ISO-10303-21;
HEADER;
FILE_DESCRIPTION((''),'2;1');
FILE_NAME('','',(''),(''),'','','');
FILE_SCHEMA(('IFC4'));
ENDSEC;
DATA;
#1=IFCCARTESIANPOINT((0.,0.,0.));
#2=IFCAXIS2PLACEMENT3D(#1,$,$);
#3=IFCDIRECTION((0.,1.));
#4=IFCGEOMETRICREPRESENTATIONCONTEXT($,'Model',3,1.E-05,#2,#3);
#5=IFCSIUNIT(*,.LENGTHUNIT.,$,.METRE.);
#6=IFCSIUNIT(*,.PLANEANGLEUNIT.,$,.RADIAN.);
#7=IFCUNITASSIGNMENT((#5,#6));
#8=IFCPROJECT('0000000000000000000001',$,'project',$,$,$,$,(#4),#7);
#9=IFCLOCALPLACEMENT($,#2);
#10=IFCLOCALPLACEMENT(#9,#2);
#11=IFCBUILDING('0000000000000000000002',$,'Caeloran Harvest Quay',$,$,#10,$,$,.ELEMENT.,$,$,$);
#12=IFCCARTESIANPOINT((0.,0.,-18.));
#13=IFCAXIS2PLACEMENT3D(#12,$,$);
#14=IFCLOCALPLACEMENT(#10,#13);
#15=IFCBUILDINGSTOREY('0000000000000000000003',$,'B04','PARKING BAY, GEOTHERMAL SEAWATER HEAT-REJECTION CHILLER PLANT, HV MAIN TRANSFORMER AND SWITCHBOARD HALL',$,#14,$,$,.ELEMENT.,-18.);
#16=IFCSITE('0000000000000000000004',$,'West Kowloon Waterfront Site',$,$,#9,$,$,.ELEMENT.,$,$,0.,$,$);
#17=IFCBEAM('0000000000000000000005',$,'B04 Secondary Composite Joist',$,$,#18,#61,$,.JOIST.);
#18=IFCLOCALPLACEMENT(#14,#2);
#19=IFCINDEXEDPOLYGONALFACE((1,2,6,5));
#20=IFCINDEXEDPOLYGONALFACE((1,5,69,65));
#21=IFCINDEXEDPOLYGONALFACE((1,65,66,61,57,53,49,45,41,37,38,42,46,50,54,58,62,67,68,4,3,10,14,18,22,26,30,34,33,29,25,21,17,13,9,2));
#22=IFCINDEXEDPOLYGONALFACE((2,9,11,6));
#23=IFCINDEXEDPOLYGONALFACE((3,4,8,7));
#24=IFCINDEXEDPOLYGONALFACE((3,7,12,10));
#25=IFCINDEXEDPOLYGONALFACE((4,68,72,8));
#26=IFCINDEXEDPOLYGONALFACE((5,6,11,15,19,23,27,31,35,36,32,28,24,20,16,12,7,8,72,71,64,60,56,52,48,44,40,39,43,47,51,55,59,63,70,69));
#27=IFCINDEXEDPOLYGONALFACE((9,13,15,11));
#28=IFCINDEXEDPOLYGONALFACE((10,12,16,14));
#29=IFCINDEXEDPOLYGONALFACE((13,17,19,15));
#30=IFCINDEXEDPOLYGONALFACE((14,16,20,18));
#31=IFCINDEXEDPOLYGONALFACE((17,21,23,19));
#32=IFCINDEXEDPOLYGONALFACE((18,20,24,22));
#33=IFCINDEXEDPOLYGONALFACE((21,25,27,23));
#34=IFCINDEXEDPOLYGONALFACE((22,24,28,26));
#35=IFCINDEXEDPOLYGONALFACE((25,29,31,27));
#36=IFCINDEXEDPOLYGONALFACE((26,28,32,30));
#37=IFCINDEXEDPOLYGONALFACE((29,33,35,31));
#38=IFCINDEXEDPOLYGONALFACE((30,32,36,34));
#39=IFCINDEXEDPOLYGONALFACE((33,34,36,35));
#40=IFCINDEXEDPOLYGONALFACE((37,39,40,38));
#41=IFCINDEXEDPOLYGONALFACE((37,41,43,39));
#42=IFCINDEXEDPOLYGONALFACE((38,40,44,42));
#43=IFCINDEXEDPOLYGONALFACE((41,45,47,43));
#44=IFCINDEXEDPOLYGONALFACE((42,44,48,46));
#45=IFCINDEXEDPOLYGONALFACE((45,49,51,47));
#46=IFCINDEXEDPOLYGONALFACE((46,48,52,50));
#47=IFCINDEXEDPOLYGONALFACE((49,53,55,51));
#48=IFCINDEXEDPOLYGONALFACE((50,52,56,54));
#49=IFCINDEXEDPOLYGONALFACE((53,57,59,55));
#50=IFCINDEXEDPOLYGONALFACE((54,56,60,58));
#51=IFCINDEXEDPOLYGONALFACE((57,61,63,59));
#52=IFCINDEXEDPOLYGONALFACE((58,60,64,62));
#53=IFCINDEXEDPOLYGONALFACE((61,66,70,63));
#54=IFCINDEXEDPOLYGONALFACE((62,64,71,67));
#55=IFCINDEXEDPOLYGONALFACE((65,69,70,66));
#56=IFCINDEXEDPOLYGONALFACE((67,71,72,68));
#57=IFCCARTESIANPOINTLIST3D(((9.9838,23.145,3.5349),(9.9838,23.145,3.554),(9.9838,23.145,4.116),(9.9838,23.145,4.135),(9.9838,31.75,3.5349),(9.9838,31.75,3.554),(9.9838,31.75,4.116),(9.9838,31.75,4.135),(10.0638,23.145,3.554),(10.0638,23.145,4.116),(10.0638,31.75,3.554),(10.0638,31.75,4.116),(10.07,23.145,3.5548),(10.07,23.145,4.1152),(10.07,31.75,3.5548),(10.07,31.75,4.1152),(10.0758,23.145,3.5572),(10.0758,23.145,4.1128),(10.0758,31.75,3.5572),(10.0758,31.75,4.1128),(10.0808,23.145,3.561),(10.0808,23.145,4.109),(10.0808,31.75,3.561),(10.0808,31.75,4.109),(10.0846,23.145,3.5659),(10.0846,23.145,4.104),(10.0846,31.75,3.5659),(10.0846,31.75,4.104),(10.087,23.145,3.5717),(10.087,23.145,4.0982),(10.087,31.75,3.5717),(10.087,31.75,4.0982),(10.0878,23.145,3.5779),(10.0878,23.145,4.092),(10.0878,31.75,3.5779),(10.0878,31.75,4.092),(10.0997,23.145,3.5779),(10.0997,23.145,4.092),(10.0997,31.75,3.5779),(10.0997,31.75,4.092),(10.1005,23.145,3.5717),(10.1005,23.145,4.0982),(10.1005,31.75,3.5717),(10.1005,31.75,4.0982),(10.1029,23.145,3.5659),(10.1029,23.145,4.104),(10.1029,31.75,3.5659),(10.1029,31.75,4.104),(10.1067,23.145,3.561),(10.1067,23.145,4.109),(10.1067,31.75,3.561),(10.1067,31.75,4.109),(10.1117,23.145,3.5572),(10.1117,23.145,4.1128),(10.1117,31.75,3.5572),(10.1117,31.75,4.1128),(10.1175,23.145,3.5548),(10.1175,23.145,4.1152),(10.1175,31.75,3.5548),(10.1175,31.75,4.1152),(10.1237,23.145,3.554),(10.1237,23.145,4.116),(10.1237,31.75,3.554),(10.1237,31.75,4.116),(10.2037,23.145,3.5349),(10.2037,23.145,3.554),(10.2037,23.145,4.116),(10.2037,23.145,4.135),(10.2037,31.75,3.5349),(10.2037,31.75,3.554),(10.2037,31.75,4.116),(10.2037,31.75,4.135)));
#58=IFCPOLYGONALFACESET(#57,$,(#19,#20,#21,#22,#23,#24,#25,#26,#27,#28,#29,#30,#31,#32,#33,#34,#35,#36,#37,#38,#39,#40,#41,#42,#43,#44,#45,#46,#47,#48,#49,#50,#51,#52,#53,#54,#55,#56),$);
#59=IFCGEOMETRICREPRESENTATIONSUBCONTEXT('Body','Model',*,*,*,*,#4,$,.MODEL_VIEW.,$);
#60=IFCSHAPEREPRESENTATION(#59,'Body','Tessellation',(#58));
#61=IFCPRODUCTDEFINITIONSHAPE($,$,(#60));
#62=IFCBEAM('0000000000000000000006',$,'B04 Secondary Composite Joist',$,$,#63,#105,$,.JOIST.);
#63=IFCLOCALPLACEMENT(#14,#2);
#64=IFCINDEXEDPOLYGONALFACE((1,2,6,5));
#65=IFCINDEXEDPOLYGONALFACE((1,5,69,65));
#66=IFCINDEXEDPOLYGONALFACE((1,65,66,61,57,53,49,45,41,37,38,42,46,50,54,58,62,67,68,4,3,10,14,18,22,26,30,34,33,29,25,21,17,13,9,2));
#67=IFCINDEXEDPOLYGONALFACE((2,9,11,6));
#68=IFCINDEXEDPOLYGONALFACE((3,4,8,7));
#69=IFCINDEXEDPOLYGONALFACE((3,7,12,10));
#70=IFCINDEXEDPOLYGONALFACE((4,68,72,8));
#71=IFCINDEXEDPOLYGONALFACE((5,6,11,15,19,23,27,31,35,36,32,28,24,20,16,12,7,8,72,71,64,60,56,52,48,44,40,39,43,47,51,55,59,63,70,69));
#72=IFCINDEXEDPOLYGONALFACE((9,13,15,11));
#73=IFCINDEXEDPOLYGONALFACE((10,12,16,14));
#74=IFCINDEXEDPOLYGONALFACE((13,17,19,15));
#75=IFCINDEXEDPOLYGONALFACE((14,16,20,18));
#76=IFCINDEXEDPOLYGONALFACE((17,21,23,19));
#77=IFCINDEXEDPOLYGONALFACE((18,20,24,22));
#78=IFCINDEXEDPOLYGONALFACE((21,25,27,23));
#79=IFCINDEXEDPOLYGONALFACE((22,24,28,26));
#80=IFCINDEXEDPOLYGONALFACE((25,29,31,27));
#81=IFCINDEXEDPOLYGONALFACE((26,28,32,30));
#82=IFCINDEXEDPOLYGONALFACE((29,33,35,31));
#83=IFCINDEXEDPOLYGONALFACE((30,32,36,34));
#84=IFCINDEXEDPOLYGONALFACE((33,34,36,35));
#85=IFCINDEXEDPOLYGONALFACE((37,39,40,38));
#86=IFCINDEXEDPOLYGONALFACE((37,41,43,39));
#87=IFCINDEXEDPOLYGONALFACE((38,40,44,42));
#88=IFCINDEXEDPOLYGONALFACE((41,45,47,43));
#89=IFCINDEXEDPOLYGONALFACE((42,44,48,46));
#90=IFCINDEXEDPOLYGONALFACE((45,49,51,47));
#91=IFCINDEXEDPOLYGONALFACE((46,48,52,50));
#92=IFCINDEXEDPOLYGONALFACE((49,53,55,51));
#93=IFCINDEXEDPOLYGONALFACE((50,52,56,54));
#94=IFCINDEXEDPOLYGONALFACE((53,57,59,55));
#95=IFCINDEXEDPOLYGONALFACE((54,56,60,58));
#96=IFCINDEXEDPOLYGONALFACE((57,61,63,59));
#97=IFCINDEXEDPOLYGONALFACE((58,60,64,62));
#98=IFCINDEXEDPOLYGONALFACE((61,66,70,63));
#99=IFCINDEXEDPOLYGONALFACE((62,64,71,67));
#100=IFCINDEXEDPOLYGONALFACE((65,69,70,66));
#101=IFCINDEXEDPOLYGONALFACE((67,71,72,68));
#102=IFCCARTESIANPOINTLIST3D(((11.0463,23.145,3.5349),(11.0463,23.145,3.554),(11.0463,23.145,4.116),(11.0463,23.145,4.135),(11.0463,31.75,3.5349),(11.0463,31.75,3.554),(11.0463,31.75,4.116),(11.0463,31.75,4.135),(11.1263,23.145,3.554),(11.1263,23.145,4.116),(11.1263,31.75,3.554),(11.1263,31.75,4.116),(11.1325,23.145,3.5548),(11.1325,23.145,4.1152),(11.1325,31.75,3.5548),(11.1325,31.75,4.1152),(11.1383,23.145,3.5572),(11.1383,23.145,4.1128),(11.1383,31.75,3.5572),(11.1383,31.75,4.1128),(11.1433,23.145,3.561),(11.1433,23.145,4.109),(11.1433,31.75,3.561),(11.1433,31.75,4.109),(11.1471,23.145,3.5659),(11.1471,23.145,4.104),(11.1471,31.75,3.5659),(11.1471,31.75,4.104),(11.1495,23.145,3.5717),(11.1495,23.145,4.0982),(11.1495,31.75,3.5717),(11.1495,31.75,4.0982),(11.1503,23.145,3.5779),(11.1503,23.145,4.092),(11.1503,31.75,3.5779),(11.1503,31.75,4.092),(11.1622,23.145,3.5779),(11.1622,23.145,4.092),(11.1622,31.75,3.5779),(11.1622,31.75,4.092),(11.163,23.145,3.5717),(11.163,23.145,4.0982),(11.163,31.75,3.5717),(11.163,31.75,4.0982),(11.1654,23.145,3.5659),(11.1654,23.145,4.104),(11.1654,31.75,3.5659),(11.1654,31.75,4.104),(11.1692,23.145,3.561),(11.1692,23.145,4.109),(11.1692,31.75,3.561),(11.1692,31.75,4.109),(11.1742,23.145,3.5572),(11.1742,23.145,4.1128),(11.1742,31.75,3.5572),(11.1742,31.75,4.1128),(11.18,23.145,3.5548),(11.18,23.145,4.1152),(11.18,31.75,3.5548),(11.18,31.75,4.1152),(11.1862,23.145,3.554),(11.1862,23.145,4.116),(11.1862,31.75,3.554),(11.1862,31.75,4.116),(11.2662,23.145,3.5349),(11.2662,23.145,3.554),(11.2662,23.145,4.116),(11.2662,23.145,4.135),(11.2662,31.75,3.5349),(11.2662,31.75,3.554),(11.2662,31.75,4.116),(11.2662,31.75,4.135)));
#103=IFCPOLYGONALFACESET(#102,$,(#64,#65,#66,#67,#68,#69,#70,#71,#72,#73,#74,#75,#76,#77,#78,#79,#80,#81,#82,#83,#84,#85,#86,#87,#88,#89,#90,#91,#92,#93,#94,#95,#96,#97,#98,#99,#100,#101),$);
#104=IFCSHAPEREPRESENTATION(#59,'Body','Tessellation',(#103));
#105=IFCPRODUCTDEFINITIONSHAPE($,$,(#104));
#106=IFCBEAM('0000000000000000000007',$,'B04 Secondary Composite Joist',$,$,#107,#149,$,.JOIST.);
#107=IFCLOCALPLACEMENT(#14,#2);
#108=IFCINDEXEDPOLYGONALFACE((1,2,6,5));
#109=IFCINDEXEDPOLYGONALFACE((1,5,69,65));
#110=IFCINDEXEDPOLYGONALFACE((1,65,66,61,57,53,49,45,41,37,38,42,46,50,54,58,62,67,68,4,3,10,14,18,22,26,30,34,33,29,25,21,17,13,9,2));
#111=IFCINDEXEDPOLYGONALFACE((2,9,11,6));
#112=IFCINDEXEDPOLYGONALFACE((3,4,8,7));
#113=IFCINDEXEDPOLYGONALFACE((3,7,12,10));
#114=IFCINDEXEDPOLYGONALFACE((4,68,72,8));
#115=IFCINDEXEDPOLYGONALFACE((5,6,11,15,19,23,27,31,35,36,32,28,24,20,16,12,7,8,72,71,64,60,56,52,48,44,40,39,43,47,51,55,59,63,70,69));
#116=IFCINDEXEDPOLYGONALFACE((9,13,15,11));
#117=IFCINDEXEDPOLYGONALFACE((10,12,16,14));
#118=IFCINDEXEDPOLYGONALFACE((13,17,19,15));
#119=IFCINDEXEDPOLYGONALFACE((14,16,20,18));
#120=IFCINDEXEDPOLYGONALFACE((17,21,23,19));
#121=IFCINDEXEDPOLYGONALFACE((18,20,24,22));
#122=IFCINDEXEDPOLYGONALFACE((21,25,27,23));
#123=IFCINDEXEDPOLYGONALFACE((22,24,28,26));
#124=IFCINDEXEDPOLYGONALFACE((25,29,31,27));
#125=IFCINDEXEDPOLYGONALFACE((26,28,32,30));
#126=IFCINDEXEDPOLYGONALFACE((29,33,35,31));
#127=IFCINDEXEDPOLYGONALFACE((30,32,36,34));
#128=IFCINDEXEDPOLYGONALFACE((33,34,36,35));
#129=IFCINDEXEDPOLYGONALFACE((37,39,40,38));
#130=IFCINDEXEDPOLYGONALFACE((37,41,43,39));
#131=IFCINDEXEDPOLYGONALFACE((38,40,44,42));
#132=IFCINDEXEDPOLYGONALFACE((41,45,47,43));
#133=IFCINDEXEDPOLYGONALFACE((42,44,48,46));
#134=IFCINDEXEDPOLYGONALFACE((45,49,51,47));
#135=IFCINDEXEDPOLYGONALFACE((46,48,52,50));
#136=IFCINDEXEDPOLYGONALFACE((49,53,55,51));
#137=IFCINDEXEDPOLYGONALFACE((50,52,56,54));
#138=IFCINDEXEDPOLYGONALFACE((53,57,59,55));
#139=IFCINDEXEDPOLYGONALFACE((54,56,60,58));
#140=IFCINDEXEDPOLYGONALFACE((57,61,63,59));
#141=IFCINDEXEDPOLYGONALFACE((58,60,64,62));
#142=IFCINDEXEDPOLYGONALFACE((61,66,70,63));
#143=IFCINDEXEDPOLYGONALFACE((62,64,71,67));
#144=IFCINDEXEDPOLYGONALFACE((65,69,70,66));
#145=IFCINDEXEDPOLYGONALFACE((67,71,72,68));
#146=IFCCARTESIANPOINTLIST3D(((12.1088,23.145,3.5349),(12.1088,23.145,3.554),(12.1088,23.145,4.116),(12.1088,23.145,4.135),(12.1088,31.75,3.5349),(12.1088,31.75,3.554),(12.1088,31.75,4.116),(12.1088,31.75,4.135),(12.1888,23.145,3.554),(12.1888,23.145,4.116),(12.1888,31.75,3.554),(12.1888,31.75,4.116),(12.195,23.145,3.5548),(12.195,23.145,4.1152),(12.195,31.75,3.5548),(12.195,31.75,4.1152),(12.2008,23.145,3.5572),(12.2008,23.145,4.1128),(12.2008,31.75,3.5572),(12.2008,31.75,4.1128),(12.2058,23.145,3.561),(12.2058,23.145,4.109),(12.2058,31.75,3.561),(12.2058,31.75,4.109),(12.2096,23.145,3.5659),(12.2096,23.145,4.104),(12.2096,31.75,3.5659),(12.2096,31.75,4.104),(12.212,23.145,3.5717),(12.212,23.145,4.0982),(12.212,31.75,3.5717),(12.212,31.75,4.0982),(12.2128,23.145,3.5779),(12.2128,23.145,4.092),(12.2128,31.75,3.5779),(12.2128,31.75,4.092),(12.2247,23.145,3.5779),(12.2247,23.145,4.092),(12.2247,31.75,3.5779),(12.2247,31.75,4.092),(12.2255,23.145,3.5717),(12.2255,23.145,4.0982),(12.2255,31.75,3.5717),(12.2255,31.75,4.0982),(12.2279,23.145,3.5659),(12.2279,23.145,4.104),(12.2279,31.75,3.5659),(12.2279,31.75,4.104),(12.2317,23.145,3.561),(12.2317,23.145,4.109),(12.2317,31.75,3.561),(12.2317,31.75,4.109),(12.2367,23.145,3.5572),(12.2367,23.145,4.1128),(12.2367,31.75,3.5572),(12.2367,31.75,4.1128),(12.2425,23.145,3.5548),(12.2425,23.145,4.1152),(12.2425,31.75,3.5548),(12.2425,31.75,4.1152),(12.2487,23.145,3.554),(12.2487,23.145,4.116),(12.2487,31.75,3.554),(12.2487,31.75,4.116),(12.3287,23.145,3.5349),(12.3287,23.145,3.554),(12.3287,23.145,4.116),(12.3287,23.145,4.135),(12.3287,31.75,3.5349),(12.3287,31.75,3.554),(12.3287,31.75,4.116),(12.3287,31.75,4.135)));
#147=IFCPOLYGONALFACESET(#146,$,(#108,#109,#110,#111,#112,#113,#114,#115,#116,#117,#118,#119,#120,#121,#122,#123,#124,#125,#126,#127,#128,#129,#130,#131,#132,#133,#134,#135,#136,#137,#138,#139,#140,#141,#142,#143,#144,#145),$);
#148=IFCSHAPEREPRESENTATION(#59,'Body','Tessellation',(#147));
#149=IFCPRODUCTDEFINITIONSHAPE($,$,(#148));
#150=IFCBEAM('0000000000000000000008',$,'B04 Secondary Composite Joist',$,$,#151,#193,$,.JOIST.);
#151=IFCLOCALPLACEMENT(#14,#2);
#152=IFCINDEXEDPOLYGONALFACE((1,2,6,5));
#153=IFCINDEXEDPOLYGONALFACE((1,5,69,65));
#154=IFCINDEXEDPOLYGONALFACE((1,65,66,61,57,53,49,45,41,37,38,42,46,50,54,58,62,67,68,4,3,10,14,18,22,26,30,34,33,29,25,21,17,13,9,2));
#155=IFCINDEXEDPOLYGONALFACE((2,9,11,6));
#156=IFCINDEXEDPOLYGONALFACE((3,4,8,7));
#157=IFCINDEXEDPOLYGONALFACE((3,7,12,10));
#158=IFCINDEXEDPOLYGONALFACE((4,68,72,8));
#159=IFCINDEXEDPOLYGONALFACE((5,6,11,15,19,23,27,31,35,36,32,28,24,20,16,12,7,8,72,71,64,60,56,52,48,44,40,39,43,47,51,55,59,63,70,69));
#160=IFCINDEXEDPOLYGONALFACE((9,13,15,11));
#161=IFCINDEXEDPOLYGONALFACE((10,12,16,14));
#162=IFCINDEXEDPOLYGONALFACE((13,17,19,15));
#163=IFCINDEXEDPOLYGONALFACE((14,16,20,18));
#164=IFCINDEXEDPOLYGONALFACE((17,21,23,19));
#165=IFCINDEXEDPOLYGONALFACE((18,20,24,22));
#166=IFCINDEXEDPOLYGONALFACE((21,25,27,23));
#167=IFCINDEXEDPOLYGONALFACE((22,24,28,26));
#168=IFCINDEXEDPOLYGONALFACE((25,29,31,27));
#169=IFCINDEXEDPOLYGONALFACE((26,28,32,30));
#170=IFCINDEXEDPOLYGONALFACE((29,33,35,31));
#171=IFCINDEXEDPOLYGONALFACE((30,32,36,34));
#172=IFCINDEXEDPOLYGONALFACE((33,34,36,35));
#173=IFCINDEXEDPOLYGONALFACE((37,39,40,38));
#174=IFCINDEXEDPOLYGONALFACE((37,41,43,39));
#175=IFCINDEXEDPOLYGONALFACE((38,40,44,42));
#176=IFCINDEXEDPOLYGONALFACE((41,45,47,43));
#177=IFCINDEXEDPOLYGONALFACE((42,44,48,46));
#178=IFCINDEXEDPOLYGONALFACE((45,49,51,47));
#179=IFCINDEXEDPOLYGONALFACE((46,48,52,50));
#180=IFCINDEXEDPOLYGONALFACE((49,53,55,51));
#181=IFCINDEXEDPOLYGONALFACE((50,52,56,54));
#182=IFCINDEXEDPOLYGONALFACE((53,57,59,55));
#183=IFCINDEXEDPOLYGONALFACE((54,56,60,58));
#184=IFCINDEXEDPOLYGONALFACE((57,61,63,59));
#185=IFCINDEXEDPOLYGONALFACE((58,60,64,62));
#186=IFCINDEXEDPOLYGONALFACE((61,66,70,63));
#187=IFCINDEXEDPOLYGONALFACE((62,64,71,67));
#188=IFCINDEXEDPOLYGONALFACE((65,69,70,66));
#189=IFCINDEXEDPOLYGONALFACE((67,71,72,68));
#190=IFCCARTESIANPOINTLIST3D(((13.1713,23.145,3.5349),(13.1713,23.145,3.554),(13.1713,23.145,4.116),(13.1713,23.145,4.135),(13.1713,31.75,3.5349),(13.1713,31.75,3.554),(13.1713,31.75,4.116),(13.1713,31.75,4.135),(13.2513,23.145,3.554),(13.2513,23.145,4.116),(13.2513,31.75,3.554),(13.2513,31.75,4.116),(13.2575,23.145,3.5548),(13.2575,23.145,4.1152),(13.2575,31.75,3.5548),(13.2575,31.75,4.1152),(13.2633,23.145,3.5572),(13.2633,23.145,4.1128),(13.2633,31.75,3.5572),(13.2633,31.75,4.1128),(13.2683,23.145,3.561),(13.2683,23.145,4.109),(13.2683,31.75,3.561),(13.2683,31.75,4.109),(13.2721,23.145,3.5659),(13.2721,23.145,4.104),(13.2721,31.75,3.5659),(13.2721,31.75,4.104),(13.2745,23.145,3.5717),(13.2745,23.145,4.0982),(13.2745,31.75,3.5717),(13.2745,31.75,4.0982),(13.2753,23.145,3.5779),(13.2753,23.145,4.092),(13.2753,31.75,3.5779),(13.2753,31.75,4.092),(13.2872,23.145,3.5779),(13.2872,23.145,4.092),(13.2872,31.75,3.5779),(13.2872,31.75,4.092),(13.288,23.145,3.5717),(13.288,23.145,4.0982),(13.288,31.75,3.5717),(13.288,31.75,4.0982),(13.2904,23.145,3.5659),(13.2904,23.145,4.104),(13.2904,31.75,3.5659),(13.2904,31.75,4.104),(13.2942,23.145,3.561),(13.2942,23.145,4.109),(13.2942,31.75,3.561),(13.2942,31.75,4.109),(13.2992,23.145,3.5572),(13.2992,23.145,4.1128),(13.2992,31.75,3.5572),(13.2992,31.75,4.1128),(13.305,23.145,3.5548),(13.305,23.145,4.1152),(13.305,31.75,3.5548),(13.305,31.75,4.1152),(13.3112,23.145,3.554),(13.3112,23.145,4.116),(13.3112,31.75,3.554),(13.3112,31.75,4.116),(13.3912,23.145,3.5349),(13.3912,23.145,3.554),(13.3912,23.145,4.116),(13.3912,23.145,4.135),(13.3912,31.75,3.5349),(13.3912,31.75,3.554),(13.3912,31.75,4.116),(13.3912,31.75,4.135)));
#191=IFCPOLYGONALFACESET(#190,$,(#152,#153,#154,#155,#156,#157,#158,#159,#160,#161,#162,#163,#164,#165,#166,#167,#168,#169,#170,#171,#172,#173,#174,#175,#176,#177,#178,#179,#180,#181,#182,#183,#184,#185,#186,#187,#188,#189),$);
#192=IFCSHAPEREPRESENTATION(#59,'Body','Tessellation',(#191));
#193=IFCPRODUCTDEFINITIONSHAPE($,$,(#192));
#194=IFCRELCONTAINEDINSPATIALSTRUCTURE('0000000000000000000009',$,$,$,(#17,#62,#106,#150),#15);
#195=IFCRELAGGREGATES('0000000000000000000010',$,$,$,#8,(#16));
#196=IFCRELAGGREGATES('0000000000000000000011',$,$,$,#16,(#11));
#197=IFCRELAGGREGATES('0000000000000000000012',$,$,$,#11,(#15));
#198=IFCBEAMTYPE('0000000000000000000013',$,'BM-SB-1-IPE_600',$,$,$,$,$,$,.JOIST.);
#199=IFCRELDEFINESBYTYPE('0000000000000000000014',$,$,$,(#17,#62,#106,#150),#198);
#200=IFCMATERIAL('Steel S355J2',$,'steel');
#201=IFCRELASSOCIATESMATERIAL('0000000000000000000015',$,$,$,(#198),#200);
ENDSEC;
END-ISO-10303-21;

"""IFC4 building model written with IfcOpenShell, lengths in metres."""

from ifc_helpers import new_model, si_unit, direction, frame, origin, origin_2d, place, context, subcontext, project, spatial, i_section, extrude, material, material_profile, profile_set, type_object, element, save


model = new_model("IFC4")

# Units and contexts
model_context = context("Model", 3, precision=1e-05, world=origin(), true_north=direction((0.0, 1.0)))
body_context = subcontext(model_context, "Body", "Model", "MODEL_VIEW")
ifc_project = project(units=[si_unit("LENGTHUNIT", "METRE"), si_unit("PLANEANGLEUNIT", "RADIAN")], contexts=[model_context])

# Site, building, storey
site_placement = place(None, origin())
site = spatial("IfcSite", under=ifc_project, at=site_placement, Name="West Kowloon Waterfront Site", CompositionType="ELEMENT", RefElevation=0.0)
building_placement = place(site_placement, origin())
building = spatial("IfcBuilding", under=site, at=building_placement, Name="Caeloran Harvest Quay", CompositionType="ELEMENT")
storey_placement = place(building_placement, frame((0.0, 0.0, -18.0)))
storey = spatial("IfcBuildingStorey", under=building, at=storey_placement, Name="B04", Description="PARKING BAY, GEOTHERMAL SEAWATER HEAT-REJECTION CHILLER PLANT, HV MAIN TRANSFORMER AND SWITCHBOARD HALL", CompositionType="ELEMENT", Elevation=-18.0)

# Beams
ifc_material_1 = material(Name="Steel S355J2", Category="steel")
ifc_material_profile_1 = material_profile(ifc_material_1, i_section(OverallWidth=0.22, OverallDepth=0.6001, WebThickness=0.012, FlangeThickness=0.019, FilletRadius=0.0239, at=origin_2d()), Name="IPE 600")
ifc_profile_set_1 = profile_set([ifc_material_profile_1], Name="Steel S355J2")
beam_type_1 = type_object("IfcBeamType", Name="BM-SB-1-IPE_600", PredefinedType="JOIST", material=ifc_profile_set_1)
for number, where, z_axis, x_axis, name in (
    (1, (10.0938, 23.145, 3.835), (0.0, 1.0, 0.0), (-1.0, 0.0, 0.0), "B04 Secondary Composite Joist"),
    (2, (11.1562, 23.145, 3.835), (0.0, 1.0, 0.0), (-1.0, 0.0, 0.0), "B04 Secondary Composite Joist"),
    (3, (12.2188, 23.145, 3.835), (0.0, 1.0, 0.0), (-1.0, 0.0, 0.0), "B04 Secondary Composite Joist"),
    (4, (13.2812, 23.145, 3.835), (0.0, 1.0, 0.0), (-1.0, 0.0, 0.0), "B04 Secondary Composite Joist"),
):
    element("IfcBeam", number, at=place(storey_placement, frame(where, z_axis=z_axis, x_axis=x_axis)), inside=storey, type_object=beam_type_1, Name=name, PredefinedType="JOIST", context=body_context, shape_type="SweptSolid", body=[
        extrude(i_section(OverallWidth=0.22, OverallDepth=0.6001, WebThickness=0.012, FlangeThickness=0.019, FilletRadius=0.0239, at=origin_2d()), origin(), (0.0, 0.0, 1.0), 8.605),
    ])

save(model, "model.ifc")
